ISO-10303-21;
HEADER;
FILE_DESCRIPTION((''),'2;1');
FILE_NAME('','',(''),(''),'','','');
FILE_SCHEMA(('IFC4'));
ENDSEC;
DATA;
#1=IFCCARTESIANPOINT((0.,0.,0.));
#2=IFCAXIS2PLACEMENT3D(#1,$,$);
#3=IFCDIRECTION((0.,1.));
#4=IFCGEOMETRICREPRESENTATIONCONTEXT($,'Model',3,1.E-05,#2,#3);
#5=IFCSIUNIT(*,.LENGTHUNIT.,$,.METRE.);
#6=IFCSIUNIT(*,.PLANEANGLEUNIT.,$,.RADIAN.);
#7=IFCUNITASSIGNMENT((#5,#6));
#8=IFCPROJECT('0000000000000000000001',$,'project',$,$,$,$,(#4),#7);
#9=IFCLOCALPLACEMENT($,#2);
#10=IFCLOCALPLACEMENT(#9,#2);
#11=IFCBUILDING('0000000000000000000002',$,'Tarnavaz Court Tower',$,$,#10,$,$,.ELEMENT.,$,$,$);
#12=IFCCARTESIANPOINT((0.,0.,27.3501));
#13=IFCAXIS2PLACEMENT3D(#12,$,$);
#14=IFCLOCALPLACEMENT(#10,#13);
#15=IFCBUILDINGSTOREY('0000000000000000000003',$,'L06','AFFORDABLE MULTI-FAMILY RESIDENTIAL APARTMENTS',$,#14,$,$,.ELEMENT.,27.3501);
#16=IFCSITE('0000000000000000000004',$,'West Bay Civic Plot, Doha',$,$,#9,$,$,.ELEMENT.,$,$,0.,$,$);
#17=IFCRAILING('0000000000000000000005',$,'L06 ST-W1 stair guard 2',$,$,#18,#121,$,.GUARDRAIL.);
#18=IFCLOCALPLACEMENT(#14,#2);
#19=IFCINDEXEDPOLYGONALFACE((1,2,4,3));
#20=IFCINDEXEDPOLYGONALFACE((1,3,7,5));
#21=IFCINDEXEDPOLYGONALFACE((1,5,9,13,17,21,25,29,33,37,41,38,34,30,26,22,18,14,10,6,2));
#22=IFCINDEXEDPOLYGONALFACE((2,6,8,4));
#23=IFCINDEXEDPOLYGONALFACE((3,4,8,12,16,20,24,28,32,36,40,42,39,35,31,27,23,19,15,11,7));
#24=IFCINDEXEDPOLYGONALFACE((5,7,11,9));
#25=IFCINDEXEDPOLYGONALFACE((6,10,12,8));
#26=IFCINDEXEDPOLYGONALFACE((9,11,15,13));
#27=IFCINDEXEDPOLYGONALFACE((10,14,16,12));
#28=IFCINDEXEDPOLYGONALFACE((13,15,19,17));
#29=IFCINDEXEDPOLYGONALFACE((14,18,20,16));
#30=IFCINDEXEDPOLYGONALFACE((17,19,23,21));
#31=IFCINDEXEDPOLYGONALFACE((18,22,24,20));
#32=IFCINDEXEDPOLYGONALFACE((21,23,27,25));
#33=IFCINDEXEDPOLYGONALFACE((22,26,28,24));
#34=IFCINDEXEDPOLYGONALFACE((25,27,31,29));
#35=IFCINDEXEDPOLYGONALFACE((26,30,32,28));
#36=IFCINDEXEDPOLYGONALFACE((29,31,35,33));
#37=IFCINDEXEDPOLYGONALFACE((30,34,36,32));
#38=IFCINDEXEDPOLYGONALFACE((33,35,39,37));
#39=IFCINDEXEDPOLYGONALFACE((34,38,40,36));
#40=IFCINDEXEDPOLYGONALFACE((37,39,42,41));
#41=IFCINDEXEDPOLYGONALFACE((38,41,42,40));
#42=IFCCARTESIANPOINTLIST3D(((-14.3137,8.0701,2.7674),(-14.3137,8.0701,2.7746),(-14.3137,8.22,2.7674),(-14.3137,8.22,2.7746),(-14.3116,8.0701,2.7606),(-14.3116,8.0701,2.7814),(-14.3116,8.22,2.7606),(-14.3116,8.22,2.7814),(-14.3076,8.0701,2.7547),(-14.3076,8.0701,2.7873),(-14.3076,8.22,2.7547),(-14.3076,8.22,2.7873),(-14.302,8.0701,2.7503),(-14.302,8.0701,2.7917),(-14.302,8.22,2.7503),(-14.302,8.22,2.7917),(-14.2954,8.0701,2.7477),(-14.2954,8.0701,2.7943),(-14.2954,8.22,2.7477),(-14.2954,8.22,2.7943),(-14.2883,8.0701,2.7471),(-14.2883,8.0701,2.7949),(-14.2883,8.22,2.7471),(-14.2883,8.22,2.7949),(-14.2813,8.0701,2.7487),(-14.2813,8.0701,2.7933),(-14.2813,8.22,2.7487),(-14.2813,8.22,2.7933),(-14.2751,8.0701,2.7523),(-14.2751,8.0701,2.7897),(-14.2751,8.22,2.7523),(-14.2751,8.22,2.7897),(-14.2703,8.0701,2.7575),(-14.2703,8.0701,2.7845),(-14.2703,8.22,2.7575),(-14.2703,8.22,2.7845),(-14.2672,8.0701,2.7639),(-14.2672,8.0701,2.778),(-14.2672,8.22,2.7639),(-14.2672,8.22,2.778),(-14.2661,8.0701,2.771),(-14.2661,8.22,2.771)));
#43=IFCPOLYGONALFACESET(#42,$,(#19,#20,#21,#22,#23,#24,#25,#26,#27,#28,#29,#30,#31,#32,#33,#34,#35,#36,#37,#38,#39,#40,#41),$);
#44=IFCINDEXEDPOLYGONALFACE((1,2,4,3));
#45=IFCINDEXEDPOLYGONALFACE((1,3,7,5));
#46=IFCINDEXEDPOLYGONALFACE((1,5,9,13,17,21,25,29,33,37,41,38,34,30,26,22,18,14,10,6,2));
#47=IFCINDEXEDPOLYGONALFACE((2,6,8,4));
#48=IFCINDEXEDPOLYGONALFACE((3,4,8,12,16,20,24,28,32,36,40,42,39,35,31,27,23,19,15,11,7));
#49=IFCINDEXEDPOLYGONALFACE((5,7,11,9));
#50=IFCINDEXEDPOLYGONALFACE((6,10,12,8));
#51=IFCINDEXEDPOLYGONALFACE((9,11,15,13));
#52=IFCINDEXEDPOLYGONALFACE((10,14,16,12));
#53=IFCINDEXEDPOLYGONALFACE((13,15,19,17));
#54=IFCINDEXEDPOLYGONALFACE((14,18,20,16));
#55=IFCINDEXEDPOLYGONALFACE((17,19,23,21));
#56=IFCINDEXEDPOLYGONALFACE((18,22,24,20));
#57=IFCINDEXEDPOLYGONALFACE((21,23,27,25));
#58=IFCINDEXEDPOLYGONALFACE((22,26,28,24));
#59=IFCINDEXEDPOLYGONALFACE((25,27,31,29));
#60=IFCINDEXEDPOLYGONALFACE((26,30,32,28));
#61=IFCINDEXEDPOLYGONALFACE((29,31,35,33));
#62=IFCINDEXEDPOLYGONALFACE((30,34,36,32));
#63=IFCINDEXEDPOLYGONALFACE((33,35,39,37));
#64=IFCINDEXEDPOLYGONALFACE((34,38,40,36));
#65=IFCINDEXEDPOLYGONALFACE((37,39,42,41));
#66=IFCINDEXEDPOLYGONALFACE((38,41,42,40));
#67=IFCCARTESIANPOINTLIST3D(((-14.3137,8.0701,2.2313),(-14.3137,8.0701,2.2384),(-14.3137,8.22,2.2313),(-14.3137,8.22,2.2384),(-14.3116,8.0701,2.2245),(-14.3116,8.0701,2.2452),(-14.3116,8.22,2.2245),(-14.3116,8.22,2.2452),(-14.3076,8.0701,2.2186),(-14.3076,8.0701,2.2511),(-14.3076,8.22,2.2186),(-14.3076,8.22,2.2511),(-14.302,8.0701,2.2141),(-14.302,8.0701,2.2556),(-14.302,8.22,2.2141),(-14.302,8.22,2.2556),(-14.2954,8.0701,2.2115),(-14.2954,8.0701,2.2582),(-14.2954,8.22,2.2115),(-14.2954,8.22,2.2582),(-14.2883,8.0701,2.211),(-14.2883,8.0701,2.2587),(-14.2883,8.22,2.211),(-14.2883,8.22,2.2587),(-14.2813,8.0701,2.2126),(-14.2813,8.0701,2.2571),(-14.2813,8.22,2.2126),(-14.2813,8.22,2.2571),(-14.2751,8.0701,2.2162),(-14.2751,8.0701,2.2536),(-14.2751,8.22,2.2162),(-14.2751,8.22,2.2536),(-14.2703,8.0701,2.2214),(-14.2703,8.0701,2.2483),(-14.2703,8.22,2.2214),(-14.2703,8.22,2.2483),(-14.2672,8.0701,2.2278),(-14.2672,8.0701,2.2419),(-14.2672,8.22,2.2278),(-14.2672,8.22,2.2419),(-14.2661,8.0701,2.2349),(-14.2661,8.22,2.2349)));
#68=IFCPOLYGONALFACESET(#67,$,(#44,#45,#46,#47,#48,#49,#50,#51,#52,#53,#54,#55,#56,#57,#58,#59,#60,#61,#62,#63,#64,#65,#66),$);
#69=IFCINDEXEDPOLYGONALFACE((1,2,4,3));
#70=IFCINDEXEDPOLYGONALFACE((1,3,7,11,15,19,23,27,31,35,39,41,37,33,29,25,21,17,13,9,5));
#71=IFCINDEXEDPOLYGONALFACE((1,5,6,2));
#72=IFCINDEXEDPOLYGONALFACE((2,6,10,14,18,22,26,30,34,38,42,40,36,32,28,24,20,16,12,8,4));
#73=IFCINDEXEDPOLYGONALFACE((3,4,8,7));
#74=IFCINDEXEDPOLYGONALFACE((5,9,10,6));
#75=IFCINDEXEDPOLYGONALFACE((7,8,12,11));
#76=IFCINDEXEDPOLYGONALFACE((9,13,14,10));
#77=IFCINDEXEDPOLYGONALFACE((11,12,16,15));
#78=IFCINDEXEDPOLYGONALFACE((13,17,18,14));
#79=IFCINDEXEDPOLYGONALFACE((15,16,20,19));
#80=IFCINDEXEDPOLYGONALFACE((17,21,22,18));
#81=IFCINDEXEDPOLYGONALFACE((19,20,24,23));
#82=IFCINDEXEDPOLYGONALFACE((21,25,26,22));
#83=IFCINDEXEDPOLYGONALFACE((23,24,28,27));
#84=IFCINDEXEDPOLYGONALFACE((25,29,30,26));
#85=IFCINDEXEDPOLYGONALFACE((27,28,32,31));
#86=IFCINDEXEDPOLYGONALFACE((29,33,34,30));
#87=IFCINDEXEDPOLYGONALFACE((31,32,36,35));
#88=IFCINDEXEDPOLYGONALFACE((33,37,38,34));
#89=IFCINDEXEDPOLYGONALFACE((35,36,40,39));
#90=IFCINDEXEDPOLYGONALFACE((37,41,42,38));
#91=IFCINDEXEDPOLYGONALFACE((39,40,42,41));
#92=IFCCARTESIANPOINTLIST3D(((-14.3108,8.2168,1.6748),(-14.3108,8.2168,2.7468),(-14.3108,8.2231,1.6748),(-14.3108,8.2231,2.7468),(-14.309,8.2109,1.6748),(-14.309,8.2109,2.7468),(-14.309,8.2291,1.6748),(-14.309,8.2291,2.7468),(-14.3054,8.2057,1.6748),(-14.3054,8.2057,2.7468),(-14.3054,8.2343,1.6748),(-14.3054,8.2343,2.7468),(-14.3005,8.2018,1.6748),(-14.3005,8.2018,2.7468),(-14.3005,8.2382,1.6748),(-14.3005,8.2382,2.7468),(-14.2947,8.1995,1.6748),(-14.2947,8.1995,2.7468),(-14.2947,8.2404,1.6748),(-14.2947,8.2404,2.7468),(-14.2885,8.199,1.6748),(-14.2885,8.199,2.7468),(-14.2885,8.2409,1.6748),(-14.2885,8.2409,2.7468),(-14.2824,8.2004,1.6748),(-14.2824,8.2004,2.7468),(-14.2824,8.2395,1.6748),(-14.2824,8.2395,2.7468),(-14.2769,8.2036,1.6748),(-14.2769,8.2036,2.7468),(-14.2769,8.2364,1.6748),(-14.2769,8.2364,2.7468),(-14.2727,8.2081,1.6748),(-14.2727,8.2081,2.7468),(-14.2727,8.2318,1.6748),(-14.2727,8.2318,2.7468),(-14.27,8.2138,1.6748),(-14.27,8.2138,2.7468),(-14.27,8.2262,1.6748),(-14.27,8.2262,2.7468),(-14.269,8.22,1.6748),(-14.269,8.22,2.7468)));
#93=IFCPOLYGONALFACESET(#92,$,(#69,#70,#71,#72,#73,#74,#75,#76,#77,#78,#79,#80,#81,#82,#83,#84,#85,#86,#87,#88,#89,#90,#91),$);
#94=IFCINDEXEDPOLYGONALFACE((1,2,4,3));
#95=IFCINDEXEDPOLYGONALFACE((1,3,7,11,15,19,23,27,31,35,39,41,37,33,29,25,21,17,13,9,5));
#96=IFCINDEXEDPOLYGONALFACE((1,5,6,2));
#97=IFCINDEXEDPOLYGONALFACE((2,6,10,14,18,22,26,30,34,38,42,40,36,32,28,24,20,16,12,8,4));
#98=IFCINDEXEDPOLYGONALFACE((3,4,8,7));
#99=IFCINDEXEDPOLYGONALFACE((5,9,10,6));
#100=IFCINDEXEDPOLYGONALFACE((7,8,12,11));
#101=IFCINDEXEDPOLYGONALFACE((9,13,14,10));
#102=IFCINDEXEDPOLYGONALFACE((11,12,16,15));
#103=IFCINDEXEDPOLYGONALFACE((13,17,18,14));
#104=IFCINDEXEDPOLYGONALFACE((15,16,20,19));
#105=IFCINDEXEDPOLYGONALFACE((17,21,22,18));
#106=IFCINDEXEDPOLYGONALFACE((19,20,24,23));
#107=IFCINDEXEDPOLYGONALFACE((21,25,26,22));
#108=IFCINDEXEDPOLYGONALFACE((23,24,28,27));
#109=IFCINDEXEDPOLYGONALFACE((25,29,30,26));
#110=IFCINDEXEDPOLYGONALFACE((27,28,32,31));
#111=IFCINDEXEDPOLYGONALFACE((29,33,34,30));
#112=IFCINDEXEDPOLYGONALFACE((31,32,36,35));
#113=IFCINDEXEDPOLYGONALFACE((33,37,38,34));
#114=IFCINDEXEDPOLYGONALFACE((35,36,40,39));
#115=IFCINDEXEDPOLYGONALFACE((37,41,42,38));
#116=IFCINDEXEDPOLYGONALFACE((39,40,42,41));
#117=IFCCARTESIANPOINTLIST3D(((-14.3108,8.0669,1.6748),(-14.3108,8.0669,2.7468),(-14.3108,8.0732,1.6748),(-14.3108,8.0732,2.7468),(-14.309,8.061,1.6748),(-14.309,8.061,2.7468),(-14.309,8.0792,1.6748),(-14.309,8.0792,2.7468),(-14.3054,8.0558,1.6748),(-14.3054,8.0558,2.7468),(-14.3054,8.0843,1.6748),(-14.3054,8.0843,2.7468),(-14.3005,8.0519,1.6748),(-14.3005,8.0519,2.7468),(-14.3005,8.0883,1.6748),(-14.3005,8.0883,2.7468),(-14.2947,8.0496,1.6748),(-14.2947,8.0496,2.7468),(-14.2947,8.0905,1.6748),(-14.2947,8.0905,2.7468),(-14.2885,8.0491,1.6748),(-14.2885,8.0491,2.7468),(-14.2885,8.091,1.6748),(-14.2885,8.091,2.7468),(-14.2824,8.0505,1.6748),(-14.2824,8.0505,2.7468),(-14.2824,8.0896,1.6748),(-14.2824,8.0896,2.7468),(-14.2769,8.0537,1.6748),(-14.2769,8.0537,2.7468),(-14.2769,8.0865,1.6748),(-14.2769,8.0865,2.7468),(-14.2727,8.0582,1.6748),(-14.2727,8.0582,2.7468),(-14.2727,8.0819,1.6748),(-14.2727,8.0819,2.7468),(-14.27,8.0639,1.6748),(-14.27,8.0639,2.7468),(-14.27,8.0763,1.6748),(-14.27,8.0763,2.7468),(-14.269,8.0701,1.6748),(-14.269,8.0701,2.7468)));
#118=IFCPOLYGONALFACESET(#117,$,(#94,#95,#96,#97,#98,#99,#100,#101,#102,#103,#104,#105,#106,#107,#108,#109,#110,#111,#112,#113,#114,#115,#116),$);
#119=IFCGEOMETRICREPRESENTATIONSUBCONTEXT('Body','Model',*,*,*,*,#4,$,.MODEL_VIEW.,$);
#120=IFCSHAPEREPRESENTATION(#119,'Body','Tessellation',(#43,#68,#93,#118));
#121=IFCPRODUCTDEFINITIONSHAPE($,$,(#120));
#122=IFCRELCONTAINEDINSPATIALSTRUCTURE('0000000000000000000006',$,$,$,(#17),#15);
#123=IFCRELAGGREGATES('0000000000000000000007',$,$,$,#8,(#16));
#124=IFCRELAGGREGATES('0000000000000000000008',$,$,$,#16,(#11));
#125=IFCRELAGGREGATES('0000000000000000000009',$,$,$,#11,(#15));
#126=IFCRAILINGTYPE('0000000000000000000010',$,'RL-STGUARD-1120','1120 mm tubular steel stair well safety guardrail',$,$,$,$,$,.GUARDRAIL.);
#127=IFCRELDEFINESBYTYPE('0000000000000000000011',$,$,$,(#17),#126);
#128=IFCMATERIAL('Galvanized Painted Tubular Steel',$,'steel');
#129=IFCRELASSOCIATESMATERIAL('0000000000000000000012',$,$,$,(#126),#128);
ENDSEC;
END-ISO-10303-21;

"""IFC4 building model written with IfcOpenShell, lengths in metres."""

from ifc_helpers import new_model, si_unit, direction, frame, origin, origin_2d, place, context, subcontext, project, spatial, circle, extrude, material, type_object, element, save


model = new_model("IFC4")

# Units and contexts
model_context = context("Model", 3, precision=1e-05, world=origin(), true_north=direction((0.0, 1.0)))
body_context = subcontext(model_context, "Body", "Model", "MODEL_VIEW")
ifc_project = project(units=[si_unit("LENGTHUNIT", "METRE"), si_unit("PLANEANGLEUNIT", "RADIAN")], contexts=[model_context])

# Site, building, storey
site_placement = place(None, origin())
site = spatial("IfcSite", under=ifc_project, at=site_placement, Name="West Bay Civic Plot, Doha", CompositionType="ELEMENT", RefElevation=0.0)
building_placement = place(site_placement, origin())
building = spatial("IfcBuilding", under=site, at=building_placement, Name="Tarnavaz Court Tower", CompositionType="ELEMENT")
storey_placement = place(building_placement, frame((0.0, 0.0, 27.3501)))
storey = spatial("IfcBuildingStorey", under=building, at=storey_placement, Name="L06", Description="AFFORDABLE MULTI-FAMILY RESIDENTIAL APARTMENTS", CompositionType="ELEMENT", Elevation=27.3501)

# Railing
ifc_material_1 = material(Name="Galvanized Painted Tubular Steel", Category="steel")
railing_type_1 = type_object("IfcRailingType", Name="RL-STGUARD-1120", Description="1120 mm tubular steel stair well safety guardrail", PredefinedType="GUARDRAIL", material=ifc_material_1)
railing_1_placement = place(storey_placement, frame((-14.29, 8.22, 1.6748)))
element("IfcRailing", 1, at=railing_1_placement, inside=storey, type_object=railing_type_1, Name="L06 ST-W1 stair guard 2", PredefinedType="GUARDRAIL", context=body_context, shape_type="SweptSolid", body=[
    extrude(circle(Radius=0.0239, at=origin_2d()), frame((0.0, 0.0, 1.0962), z_axis=(0.0, -1.0, 0.0), x_axis=(1.0, 0.0, 0.0)), (0.0, 0.0, 1.0), 0.1499),
    extrude(circle(Radius=0.0239, at=origin_2d()), frame((0.0, 0.0, 0.5601), z_axis=(0.0, -1.0, 0.0), x_axis=(1.0, 0.0, 0.0)), (0.0, 0.0, 1.0), 0.1499),
    extrude(circle(Radius=0.021, at=origin_2d()), origin(), (0.0, 0.0, 1.0), 1.072),
    extrude(circle(Radius=0.021, at=origin_2d()), frame((0.0, -0.1499, 0.0)), (0.0, 0.0, 1.0), 1.072),
])

save(model, "model.ifc")
